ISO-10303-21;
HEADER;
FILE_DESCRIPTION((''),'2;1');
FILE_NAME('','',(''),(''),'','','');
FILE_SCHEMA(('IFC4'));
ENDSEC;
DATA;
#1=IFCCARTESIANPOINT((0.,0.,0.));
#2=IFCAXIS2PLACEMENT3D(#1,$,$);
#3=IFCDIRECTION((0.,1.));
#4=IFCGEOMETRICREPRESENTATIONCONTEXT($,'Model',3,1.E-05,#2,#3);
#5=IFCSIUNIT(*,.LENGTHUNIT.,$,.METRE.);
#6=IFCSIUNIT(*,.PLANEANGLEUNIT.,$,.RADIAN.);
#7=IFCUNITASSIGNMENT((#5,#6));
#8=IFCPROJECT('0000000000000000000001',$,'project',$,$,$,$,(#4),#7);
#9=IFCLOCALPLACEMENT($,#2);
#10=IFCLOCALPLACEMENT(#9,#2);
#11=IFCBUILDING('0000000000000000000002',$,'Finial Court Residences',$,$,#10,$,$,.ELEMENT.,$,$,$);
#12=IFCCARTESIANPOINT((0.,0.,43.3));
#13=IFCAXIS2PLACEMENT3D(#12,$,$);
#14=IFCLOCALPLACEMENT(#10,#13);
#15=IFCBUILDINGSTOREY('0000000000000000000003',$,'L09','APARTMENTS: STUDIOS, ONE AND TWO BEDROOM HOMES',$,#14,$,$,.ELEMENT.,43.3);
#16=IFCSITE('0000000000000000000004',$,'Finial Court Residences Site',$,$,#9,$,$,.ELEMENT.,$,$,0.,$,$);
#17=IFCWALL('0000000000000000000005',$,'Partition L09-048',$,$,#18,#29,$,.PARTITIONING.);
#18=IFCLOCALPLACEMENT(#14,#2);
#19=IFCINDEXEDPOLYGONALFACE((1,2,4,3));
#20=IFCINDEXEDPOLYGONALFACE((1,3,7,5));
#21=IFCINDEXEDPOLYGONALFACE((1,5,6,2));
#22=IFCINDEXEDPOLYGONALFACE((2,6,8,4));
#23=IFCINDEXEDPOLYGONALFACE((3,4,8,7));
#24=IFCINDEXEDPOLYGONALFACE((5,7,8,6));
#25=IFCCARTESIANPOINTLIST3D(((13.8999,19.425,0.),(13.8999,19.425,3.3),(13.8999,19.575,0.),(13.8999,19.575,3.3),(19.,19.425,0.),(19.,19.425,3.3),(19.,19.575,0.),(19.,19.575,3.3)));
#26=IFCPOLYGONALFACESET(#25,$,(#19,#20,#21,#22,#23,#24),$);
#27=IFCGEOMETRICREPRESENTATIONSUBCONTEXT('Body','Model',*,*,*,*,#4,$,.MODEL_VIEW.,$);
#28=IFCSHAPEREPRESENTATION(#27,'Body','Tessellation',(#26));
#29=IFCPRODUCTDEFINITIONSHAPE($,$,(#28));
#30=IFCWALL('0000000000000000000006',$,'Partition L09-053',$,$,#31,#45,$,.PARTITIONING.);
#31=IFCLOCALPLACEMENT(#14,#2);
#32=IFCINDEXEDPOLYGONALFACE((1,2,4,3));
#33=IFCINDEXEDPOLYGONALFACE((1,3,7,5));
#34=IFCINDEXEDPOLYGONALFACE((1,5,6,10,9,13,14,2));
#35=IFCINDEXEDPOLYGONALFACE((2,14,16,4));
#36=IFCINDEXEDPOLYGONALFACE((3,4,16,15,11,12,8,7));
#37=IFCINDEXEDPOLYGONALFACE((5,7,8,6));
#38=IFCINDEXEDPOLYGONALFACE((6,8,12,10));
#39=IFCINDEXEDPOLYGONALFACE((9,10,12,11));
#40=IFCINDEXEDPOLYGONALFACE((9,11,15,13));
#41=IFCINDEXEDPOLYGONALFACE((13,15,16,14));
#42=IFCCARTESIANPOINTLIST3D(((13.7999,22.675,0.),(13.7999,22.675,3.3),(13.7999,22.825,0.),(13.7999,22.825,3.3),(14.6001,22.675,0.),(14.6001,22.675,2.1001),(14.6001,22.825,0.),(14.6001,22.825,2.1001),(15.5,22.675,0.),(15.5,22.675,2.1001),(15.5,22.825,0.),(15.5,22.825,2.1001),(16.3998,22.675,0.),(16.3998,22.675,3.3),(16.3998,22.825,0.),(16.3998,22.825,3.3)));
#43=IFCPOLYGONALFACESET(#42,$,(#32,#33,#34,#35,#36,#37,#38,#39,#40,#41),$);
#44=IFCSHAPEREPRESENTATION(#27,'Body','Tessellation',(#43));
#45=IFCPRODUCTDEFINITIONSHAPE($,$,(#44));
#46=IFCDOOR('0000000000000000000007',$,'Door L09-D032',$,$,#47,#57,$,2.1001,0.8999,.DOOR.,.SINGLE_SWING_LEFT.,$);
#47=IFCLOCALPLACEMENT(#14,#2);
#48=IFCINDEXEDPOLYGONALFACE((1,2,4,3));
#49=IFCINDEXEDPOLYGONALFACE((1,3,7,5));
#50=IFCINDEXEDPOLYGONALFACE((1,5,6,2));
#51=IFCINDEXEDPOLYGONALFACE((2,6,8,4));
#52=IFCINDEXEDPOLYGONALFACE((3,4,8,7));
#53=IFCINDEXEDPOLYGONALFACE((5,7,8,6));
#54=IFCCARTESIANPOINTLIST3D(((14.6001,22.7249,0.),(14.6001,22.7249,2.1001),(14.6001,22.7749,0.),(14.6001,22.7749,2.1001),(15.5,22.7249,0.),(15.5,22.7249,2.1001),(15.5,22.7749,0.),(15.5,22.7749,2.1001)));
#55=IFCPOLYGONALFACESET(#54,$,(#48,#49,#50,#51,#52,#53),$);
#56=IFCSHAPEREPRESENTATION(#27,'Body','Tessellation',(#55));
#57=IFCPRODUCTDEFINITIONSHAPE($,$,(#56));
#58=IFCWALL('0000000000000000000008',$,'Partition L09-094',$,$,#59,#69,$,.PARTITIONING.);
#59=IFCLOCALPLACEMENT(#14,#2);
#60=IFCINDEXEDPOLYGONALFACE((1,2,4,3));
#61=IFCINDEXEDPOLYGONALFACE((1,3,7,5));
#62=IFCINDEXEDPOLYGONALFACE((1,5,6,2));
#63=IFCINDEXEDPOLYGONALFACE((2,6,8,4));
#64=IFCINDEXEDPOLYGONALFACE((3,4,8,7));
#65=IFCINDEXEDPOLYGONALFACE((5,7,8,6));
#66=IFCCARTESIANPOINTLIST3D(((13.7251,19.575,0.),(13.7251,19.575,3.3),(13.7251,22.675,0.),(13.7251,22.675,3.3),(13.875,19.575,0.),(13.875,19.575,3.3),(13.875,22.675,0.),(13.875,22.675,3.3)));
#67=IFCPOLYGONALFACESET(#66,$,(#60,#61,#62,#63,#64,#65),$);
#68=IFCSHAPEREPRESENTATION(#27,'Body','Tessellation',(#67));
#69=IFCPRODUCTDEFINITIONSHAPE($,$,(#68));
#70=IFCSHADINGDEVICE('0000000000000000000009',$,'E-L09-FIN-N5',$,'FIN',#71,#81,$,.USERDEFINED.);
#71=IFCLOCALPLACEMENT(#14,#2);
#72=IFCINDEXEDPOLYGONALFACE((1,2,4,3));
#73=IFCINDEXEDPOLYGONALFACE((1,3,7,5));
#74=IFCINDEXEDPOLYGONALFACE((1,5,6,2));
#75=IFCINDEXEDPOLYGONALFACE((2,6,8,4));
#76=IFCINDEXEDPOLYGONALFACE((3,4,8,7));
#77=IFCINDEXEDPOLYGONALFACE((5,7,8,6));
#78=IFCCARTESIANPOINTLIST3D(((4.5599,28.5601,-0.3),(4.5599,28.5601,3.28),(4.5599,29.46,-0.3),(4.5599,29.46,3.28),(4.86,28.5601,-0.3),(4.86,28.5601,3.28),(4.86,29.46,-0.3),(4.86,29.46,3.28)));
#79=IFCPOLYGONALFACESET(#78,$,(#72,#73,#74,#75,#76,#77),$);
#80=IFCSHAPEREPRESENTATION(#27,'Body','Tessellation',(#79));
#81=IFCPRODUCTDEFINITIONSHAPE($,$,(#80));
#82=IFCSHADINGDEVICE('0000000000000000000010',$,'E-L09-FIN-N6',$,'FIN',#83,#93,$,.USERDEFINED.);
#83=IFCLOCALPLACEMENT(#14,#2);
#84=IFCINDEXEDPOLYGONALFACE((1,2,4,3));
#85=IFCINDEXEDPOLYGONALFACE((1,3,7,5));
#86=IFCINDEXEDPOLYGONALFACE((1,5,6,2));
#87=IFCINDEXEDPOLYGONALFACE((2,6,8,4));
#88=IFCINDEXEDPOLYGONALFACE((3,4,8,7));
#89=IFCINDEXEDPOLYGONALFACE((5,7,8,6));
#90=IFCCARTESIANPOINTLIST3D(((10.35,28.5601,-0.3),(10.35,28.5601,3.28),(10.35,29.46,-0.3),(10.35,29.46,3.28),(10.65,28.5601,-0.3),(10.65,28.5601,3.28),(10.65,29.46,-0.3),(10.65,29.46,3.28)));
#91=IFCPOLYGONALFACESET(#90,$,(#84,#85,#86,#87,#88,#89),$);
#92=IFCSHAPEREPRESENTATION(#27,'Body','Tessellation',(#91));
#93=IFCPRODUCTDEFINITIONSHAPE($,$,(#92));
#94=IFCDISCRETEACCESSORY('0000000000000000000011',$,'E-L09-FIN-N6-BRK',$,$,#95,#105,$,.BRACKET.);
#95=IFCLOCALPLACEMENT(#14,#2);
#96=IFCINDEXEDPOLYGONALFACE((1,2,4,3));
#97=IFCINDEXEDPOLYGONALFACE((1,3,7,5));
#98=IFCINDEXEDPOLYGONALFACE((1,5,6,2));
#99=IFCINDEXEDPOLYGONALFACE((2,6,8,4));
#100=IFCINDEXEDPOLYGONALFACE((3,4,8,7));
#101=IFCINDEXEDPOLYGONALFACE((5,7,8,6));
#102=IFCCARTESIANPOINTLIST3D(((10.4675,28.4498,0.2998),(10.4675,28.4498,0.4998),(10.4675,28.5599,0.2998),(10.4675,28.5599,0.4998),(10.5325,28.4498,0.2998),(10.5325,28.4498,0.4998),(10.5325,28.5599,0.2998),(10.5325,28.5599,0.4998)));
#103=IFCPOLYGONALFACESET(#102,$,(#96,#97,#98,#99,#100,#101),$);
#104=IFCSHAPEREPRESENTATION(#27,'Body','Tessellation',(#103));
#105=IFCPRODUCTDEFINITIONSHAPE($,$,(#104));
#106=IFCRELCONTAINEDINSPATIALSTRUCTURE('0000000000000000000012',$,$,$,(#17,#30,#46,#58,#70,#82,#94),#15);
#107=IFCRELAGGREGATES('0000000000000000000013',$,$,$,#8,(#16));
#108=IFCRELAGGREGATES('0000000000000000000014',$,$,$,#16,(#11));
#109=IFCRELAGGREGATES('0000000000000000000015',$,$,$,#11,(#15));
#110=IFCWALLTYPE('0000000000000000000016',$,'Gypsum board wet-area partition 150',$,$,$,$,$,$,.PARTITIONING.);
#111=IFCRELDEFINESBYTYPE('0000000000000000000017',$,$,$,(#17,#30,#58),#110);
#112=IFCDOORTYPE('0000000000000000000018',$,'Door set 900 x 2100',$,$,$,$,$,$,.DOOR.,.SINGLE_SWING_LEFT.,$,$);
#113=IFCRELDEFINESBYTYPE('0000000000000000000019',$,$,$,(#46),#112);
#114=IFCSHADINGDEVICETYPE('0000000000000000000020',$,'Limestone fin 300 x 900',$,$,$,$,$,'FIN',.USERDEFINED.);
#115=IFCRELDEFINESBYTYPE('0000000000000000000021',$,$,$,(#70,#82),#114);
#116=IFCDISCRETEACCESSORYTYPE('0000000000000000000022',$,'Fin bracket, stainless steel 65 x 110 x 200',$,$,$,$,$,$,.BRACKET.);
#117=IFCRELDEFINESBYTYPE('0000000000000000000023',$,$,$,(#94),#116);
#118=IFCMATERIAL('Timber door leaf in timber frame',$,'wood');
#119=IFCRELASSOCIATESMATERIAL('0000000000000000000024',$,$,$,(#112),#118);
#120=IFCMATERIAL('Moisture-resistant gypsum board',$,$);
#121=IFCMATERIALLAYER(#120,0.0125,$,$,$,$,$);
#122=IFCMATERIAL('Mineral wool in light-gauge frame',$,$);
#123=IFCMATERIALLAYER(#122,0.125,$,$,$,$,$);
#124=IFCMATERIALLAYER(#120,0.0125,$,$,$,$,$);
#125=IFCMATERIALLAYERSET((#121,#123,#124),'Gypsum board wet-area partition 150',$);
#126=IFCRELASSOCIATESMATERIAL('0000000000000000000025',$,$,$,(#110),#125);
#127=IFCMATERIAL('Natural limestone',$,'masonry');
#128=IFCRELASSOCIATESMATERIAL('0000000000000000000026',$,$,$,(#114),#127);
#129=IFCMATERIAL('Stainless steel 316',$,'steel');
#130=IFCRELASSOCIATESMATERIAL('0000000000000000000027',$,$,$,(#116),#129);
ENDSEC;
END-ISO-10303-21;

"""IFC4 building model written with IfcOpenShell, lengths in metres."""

from ifc_helpers import new_model, si_unit, direction, frame, frame_2d, origin, origin_2d, place, context, subcontext, project, spatial, rectangle, extrude, material, layer, layer_set, type_object, element, fill, save


model = new_model("IFC4")

# Units and contexts
model_context = context("Model", 3, precision=1e-05, world=origin(), true_north=direction((0.0, 1.0)))
body_context = subcontext(model_context, "Body", "Model", "MODEL_VIEW")
ifc_project = project(units=[si_unit("LENGTHUNIT", "METRE"), si_unit("PLANEANGLEUNIT", "RADIAN")], contexts=[model_context])

# Site, building, storey
site_placement = place(None, origin())
site = spatial("IfcSite", under=ifc_project, at=site_placement, Name="Finial Court Residences Site", CompositionType="ELEMENT", RefElevation=0.0)
building_placement = place(site_placement, origin())
building = spatial("IfcBuilding", under=site, at=building_placement, Name="Finial Court Residences", CompositionType="ELEMENT")
storey_placement = place(building_placement, frame((0.0, 0.0, 43.3)))
storey = spatial("IfcBuildingStorey", under=building, at=storey_placement, Name="L09", Description="APARTMENTS: STUDIOS, ONE AND TWO BEDROOM HOMES", CompositionType="ELEMENT", Elevation=43.3)

# Shared definitions
ifc_material_1 = material(Name="Mineral wool in light-gauge frame")
ifc_material_2 = material(Name="Timber door leaf in timber frame", Category="wood")
door_type = type_object("IfcDoorType", Name="Door set 900 x 2100", OperationType="SINGLE_SWING_LEFT", PredefinedType="DOOR", material=ifc_material_2)

# Wall
ifc_material_3 = material(Name="Moisture-resistant gypsum board")
ifc_layer_1 = layer(ifc_material_3, 0.0125)
ifc_layer_2 = layer(ifc_material_1, 0.125)
ifc_layer_3 = layer(ifc_material_3, 0.0125)
ifc_layer_set_1 = layer_set([ifc_layer_1, ifc_layer_2, ifc_layer_3], Name="Gypsum board wet-area partition 150")
wall_type_1 = type_object("IfcWallType", Name="Gypsum board wet-area partition 150", PredefinedType="PARTITIONING", material=ifc_layer_set_1)
wall_1_placement = place(storey_placement, frame((13.8999, 19.5, 0.0), z_axis=(0.0, 0.0, 1.0), x_axis=(1.0, 0.0, 0.0)))
element("IfcWall", 1, at=wall_1_placement, inside=storey, type_object=wall_type_1, Name="Partition L09-048", PredefinedType="PARTITIONING", context=body_context, shape_type="SweptSolid", body=[
    extrude(rectangle(XDim=5.1001, YDim=0.1499, at=frame_2d((2.55, 0.0))), origin(), (0.0, 0.0, 1.0), 3.3),
])

# Wall, opening, door
wall_2_placement = place(storey_placement, frame((13.8, 22.75, 0.0), z_axis=(0.0, 0.0, 1.0), x_axis=(1.0, 0.0, 0.0)))
wall_2 = element("IfcWall", 2, at=wall_2_placement, inside=storey, type_object=wall_type_1, Name="Partition L09-053", PredefinedType="PARTITIONING", context=body_context, shape_type="SweptSolid", body=[
    extrude(rectangle(XDim=2.5999, YDim=0.1499, at=frame_2d((1.2998, 0.0))), origin(), (0.0, 0.0, 1.0), 3.3),
])
opening_1_placement = place(wall_2_placement, frame((0.8, 0.0, 0.0)))
opening_1 = element("IfcOpeningElement", 3, at=opening_1_placement, cuts=wall_2, PredefinedType="OPENING", context=body_context, shape_type="SweptSolid", body=[
    extrude(rectangle(XDim=0.8999, YDim=2.1001, at=frame_2d((0.45, 1.05))), frame((0.0, 0.085, 0.0), z_axis=(0.0, -1.0, 0.0), x_axis=(1.0, 0.0, 0.0)), (0.0, 0.0, 1.0), 0.1699),
])
door_1_placement = place(opening_1_placement, origin())
door_1 = element("IfcDoor", 4, at=door_1_placement, inside=storey, type_object=door_type, Name="Door L09-D032", OperationType="SINGLE_SWING_LEFT", OverallHeight=2.1001, OverallWidth=0.8999, PredefinedType="DOOR", context=body_context, shape_type="SweptSolid", body=[
    extrude(rectangle(XDim=0.8999, YDim=2.1001, at=frame_2d((0.45, 1.05))), frame((0.0, 0.0249, 0.0), z_axis=(0.0, -1.0, 0.0), x_axis=(1.0, 0.0, 0.0)), (0.0, 0.0, 1.0), 0.05),
])
fill(opening_1, door_1)

# Wall
wall_3_placement = place(storey_placement, frame((13.8, 19.575, 0.0), z_axis=(0.0, 0.0, 1.0), x_axis=(0.0, 1.0, 0.0)))
element("IfcWall", 5, at=wall_3_placement, inside=storey, type_object=wall_type_1, Name="Partition L09-094", PredefinedType="PARTITIONING", context=body_context, shape_type="SweptSolid", body=[
    extrude(rectangle(XDim=3.1001, YDim=0.1499, at=frame_2d((1.55, 0.0))), origin(), (0.0, 0.0, 1.0), 3.3),
])

# Shading devices
ifc_material_4 = material(Name="Natural limestone", Category="masonry")
shading_device_type = type_object("IfcShadingDeviceType", Name="Limestone fin 300 x 900", ElementType="FIN", PredefinedType="USERDEFINED", material=ifc_material_4)
for number, where, z_axis, x_axis, name in (
    (6, (4.71, 29.01, -0.3), (0.0, 0.0, 1.0), (1.0, 0.0, 0.0), "E-L09-FIN-N5"),
    (7, (10.5, 29.01, -0.3), (0.0, 0.0, 1.0), (1.0, 0.0, 0.0), "E-L09-FIN-N6"),
):
    element("IfcShadingDevice", number, at=place(storey_placement, frame(where, z_axis=z_axis, x_axis=x_axis)), inside=storey, type_object=shading_device_type, Name=name, ObjectType="FIN", PredefinedType="USERDEFINED", context=body_context, shape_type="SweptSolid", body=[
        extrude(rectangle(XDim=0.3, YDim=0.8999, at=origin_2d()), origin(), (0.0, 0.0, 1.0), 3.5801),
    ])

# Discrete accessory
ifc_material_5 = material(Name="Stainless steel 316", Category="steel")
discrete_accessory_type = type_object("IfcDiscreteAccessoryType", Name="Fin bracket, stainless steel 65 x 110 x 200", PredefinedType="BRACKET", material=ifc_material_5)
discrete_accessory_placement = place(storey_placement, frame((10.5, 28.5049, 0.2998), z_axis=(0.0, 0.0, 1.0), x_axis=(1.0, 0.0, 0.0)))
element("IfcDiscreteAccessory", 8, at=discrete_accessory_placement, inside=storey, type_object=discrete_accessory_type, Name="E-L09-FIN-N6-BRK", PredefinedType="BRACKET", context=body_context, shape_type="SweptSolid", body=[
    extrude(rectangle(XDim=0.0649, YDim=0.1101, at=origin_2d()), origin(), (0.0, 0.0, 1.0), 0.2),
])

save(model, "model.ifc")
